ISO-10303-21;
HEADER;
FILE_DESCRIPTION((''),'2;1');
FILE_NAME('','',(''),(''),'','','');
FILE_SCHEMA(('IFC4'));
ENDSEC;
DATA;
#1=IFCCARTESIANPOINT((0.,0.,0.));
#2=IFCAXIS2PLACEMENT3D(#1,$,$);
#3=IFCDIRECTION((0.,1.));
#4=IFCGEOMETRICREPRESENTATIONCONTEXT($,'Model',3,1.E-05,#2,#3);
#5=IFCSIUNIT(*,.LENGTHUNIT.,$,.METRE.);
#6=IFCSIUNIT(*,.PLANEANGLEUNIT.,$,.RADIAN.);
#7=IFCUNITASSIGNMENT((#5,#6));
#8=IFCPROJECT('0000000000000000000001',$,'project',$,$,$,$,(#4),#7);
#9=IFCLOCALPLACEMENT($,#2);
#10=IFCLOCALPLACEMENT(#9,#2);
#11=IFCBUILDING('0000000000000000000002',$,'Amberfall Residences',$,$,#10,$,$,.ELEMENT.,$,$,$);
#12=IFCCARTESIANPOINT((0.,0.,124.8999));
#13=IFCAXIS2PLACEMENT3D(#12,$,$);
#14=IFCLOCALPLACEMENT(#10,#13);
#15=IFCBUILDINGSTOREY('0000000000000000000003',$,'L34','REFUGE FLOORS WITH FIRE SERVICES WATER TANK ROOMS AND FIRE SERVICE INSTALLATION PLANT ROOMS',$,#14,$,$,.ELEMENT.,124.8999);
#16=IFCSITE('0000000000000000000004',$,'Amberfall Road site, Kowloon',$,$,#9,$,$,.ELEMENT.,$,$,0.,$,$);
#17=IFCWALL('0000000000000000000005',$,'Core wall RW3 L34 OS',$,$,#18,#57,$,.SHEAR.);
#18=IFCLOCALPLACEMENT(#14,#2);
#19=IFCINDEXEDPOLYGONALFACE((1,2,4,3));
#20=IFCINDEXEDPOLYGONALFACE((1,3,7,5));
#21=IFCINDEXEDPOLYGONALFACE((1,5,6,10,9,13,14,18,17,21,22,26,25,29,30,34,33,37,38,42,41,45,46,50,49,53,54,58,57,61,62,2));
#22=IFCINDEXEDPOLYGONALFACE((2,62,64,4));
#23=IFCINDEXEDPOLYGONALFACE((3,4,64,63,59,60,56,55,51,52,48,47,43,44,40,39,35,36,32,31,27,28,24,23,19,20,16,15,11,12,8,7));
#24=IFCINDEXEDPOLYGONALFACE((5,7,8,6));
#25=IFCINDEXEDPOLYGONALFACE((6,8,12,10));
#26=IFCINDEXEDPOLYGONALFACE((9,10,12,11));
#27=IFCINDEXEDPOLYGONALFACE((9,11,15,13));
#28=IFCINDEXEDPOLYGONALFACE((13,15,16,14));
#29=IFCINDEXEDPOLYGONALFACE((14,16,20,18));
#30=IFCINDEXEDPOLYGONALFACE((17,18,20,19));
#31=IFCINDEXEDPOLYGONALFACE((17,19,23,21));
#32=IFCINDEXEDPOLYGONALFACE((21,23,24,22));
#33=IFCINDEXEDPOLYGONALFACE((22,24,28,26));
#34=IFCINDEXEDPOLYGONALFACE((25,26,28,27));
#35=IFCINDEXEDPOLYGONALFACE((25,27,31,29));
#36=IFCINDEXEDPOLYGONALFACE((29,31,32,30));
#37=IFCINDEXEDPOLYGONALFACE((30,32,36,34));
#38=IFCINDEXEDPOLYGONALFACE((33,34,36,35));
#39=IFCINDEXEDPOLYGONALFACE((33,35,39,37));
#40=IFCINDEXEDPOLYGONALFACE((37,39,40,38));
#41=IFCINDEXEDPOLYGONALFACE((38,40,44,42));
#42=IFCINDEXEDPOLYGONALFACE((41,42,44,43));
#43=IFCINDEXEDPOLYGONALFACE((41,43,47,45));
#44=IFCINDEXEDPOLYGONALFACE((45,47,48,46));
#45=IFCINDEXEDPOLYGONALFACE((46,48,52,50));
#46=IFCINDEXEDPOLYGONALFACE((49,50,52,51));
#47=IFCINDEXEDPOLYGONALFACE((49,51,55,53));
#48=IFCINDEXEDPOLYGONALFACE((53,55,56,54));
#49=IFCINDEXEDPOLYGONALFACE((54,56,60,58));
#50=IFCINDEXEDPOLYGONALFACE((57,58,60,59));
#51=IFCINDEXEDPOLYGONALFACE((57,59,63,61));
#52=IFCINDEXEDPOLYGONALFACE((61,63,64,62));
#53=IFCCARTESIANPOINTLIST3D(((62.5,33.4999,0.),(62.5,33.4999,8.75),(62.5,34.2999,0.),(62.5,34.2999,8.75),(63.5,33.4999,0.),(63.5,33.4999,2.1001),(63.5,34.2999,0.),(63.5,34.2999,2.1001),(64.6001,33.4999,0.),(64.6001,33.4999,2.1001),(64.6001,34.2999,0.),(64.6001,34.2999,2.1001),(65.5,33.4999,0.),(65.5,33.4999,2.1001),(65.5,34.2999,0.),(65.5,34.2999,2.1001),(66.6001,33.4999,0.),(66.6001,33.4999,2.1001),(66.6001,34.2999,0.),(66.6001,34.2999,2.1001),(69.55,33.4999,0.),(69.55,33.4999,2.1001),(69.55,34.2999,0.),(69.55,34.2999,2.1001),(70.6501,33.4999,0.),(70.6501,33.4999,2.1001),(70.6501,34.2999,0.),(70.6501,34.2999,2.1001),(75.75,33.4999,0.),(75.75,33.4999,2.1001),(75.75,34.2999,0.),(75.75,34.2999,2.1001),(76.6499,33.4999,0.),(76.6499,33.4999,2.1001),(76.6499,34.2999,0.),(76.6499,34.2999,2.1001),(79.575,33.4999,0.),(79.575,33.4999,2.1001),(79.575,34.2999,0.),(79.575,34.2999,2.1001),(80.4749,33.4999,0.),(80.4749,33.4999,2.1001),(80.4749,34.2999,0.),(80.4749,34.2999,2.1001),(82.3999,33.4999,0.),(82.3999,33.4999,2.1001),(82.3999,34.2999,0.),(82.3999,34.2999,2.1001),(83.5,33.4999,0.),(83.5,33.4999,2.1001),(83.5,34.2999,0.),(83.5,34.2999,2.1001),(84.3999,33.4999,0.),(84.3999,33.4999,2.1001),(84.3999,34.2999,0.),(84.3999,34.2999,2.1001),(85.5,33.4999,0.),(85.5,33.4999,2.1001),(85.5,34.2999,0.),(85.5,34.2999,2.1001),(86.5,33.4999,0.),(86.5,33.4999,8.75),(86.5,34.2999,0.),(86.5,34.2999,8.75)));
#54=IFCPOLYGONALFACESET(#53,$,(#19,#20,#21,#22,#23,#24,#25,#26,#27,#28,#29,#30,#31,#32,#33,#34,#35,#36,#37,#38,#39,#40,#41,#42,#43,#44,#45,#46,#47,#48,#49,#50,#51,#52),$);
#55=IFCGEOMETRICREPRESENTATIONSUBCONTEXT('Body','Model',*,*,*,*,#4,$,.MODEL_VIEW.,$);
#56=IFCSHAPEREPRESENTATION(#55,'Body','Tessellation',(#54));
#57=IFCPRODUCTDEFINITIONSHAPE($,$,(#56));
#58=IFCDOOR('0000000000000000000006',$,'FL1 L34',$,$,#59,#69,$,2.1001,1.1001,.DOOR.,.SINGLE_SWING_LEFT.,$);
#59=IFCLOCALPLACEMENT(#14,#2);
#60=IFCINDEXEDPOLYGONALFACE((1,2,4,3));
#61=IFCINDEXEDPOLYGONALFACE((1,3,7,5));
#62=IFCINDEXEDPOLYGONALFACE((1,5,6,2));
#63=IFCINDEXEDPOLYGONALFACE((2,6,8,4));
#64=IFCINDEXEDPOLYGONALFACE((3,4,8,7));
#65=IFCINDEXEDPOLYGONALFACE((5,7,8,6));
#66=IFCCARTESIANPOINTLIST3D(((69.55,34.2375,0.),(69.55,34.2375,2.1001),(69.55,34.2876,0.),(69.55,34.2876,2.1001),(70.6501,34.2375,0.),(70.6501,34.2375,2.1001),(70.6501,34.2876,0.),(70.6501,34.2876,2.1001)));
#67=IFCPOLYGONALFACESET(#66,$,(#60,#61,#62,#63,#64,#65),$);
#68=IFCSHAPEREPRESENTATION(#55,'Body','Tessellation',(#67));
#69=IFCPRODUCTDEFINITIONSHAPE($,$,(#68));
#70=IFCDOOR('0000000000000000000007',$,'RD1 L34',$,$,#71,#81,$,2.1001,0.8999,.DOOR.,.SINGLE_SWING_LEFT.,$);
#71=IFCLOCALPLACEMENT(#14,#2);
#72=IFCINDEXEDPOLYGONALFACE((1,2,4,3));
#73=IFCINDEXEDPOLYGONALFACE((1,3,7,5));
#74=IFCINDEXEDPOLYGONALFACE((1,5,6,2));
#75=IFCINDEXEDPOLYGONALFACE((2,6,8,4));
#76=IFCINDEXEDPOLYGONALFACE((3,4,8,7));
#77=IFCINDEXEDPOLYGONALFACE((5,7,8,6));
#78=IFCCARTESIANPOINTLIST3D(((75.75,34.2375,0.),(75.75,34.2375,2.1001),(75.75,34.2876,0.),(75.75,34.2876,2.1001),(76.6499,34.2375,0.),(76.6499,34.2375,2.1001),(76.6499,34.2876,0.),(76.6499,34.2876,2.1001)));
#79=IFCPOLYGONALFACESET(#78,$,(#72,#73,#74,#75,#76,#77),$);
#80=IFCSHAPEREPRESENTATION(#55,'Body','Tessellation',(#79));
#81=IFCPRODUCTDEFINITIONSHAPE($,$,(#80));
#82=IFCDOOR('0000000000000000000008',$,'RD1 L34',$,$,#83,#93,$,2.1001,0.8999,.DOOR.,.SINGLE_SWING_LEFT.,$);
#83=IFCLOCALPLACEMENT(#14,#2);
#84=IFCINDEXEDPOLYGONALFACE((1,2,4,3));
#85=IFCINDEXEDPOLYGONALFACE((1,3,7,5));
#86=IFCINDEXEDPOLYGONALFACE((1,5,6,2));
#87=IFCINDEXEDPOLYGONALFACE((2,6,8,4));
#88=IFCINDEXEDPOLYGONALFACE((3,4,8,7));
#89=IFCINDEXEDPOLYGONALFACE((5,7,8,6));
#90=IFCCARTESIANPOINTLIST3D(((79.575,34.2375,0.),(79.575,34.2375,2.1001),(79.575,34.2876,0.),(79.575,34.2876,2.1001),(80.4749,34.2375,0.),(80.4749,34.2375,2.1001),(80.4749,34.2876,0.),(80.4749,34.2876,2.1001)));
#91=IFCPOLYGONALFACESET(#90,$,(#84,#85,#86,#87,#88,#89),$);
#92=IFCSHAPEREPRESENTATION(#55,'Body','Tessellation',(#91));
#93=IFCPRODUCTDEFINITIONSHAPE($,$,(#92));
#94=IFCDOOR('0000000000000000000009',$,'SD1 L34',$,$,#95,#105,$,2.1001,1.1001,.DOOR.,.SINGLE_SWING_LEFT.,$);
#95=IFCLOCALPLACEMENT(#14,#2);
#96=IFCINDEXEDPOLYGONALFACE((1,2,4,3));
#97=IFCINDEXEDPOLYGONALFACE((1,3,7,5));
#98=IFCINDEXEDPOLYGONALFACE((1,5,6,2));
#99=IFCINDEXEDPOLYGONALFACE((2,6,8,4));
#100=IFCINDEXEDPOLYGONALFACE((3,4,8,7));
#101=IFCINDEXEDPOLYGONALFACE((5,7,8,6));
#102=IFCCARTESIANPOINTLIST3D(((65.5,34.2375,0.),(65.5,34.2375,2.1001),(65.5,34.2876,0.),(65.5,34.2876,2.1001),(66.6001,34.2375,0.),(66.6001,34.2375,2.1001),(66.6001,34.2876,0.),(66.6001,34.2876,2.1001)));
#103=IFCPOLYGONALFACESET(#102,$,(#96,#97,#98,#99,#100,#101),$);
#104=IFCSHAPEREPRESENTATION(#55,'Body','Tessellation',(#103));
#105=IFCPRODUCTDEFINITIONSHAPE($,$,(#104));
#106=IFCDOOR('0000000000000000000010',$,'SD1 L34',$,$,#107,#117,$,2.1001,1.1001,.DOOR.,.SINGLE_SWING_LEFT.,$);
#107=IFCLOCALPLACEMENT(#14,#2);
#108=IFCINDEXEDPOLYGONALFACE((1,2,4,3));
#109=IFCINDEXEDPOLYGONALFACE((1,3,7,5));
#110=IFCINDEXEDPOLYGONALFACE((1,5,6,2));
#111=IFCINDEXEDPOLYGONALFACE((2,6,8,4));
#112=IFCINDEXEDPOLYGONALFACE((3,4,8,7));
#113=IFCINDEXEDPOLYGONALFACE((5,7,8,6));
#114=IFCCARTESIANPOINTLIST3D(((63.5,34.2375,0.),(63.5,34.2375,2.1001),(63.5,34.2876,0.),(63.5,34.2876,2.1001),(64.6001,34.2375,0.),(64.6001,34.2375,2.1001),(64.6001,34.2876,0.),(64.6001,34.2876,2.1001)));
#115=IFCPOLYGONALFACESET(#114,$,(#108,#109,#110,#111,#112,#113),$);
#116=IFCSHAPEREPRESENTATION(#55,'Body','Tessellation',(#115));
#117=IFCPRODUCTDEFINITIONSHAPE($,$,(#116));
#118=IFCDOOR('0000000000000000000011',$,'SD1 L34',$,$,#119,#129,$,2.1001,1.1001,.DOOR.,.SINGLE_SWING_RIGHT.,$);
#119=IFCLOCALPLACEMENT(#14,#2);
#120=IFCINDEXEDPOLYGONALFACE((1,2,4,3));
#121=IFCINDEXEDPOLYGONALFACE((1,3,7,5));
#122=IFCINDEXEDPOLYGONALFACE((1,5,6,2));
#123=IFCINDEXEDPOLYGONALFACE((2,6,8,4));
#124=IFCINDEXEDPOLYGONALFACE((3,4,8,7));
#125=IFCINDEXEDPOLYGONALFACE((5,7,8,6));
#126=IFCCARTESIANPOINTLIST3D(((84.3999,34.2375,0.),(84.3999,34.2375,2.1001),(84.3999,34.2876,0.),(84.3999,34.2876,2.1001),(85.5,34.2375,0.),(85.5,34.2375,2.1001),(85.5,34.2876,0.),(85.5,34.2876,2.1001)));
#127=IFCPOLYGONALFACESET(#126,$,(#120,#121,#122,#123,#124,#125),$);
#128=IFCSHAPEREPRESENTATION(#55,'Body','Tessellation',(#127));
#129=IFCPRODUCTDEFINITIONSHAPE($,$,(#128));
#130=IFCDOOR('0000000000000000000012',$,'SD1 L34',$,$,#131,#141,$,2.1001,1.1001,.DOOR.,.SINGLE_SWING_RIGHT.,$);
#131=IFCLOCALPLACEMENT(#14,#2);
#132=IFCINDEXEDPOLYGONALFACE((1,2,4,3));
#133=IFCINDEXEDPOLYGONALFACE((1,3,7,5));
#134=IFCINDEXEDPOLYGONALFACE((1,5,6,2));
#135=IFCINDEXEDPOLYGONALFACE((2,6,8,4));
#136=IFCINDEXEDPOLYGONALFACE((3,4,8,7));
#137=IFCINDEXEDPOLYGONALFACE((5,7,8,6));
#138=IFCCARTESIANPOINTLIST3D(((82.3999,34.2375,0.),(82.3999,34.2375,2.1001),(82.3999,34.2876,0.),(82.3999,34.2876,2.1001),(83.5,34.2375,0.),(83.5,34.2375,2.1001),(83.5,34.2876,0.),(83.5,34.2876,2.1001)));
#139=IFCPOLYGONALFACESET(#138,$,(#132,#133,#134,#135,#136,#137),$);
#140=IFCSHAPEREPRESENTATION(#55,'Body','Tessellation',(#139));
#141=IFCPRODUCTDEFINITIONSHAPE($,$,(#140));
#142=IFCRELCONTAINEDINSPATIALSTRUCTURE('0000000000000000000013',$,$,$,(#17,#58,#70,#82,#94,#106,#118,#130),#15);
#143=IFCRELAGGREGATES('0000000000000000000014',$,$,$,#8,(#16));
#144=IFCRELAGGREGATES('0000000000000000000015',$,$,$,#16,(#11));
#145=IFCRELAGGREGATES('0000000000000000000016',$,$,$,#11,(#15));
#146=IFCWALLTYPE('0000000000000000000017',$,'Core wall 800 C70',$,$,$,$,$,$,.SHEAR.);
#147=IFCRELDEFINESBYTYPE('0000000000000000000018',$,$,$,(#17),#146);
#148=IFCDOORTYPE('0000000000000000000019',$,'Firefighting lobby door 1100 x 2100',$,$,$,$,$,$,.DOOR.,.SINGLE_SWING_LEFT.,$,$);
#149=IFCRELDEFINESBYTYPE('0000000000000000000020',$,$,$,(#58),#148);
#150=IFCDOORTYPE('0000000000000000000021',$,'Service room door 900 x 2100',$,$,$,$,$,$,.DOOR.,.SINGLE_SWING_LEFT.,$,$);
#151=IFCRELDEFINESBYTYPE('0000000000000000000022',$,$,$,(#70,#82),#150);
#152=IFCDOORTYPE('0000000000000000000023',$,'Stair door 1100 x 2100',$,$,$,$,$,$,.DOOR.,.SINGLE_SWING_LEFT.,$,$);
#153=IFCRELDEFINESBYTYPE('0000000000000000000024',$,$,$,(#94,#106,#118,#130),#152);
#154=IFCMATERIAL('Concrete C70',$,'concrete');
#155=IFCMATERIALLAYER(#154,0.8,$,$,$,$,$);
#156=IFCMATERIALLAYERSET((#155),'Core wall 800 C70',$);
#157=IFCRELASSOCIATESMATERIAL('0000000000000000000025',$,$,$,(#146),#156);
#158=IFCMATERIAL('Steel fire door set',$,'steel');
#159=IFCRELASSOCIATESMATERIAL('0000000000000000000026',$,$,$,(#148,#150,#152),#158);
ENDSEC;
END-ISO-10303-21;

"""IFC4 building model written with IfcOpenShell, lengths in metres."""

from ifc_helpers import new_model, si_unit, direction, frame, frame_2d, origin, place, context, subcontext, project, spatial, rectangle, extrude, material, layer, layer_set, type_object, element, fill, save


model = new_model("IFC4")

# Units and contexts
model_context = context("Model", 3, precision=1e-05, world=origin(), true_north=direction((0.0, 1.0)))
body_context = subcontext(model_context, "Body", "Model", "MODEL_VIEW")
ifc_project = project(units=[si_unit("LENGTHUNIT", "METRE"), si_unit("PLANEANGLEUNIT", "RADIAN")], contexts=[model_context])

# Site, building, storey
site_placement = place(None, origin())
site = spatial("IfcSite", under=ifc_project, at=site_placement, Name="Amberfall Road site, Kowloon", CompositionType="ELEMENT", RefElevation=0.0)
building_placement = place(site_placement, origin())
building = spatial("IfcBuilding", under=site, at=building_placement, Name="Amberfall Residences", CompositionType="ELEMENT")
storey_placement = place(building_placement, frame((0.0, 0.0, 124.8999)))
storey = spatial("IfcBuildingStorey", under=building, at=storey_placement, Name="L34", Description="REFUGE FLOORS WITH FIRE SERVICES WATER TANK ROOMS AND FIRE SERVICE INSTALLATION PLANT ROOMS", CompositionType="ELEMENT", Elevation=124.8999)

# Shared definitions
ifc_material_1 = material(Name="Concrete C70", Category="concrete")

# Wall, openings, doors
ifc_layer_1 = layer(ifc_material_1, 0.8)
ifc_layer_set_1 = layer_set([ifc_layer_1], Name="Core wall 800 C70")
wall_type_1 = type_object("IfcWallType", Name="Core wall 800 C70", PredefinedType="SHEAR", material=ifc_layer_set_1)
wall_1_placement = place(storey_placement, frame((62.5, 33.8999, 0.0), z_axis=(0.0, 0.0, 1.0), x_axis=(1.0, 0.0, 0.0)))
wall_1 = element("IfcWall", 1, at=wall_1_placement, inside=storey, type_object=wall_type_1, Name="Core wall RW3 L34 OS", PredefinedType="SHEAR", context=body_context, shape_type="SweptSolid", body=[
    extrude(rectangle(XDim=24.0, YDim=0.8, at=frame_2d((12.0, 0.0))), origin(), (0.0, 0.0, 1.0), 8.75),
])
opening_1_placement = place(wall_1_placement, frame((3.0, 0.0, 0.0)))
opening_1 = element("IfcOpeningElement", 2, at=opening_1_placement, cuts=wall_1, PredefinedType="OPENING", context=body_context, shape_type="SweptSolid", body=[
    extrude(rectangle(XDim=1.1001, YDim=2.1001, at=frame_2d((0.55, 1.05))), frame((0.0, 0.4099, 0.0), z_axis=(0.0, -1.0, 0.0), x_axis=(1.0, 0.0, 0.0)), (0.0, 0.0, 1.0), 0.8201),
])
opening_2_placement = place(wall_1_placement, frame((1.0, 0.0, 0.0)))
opening_2 = element("IfcOpeningElement", 3, at=opening_2_placement, cuts=wall_1, PredefinedType="OPENING", context=body_context, shape_type="SweptSolid", body=[
    extrude(rectangle(XDim=1.1001, YDim=2.1001, at=frame_2d((0.55, 1.05))), frame((0.0, 0.4099, 0.0), z_axis=(0.0, -1.0, 0.0), x_axis=(1.0, 0.0, 0.0)), (0.0, 0.0, 1.0), 0.8201),
])
opening_3_placement = place(wall_1_placement, frame((21.8999, 0.0, 0.0)))
opening_3 = element("IfcOpeningElement", 4, at=opening_3_placement, cuts=wall_1, PredefinedType="OPENING", context=body_context, shape_type="SweptSolid", body=[
    extrude(rectangle(XDim=1.1001, YDim=2.1001, at=frame_2d((0.55, 1.05))), frame((0.0, 0.4099, 0.0), z_axis=(0.0, -1.0, 0.0), x_axis=(1.0, 0.0, 0.0)), (0.0, 0.0, 1.0), 0.8201),
])
opening_4_placement = place(wall_1_placement, frame((19.8999, 0.0, 0.0)))
opening_4 = element("IfcOpeningElement", 5, at=opening_4_placement, cuts=wall_1, PredefinedType="OPENING", context=body_context, shape_type="SweptSolid", body=[
    extrude(rectangle(XDim=1.1001, YDim=2.1001, at=frame_2d((0.55, 1.05))), frame((0.0, 0.4099, 0.0), z_axis=(0.0, -1.0, 0.0), x_axis=(1.0, 0.0, 0.0)), (0.0, 0.0, 1.0), 0.8201),
])
opening_5_placement = place(wall_1_placement, frame((7.05, 0.0, 0.0)))
opening_5 = element("IfcOpeningElement", 6, at=opening_5_placement, cuts=wall_1, PredefinedType="OPENING", context=body_context, shape_type="SweptSolid", body=[
    extrude(rectangle(XDim=1.1001, YDim=2.1001, at=frame_2d((0.55, 1.05))), frame((0.0, 0.4099, 0.0), z_axis=(0.0, -1.0, 0.0), x_axis=(1.0, 0.0, 0.0)), (0.0, 0.0, 1.0), 0.8201),
])
opening_6_placement = place(wall_1_placement, frame((13.25, 0.0, 0.0)))
opening_6 = element("IfcOpeningElement", 7, at=opening_6_placement, cuts=wall_1, PredefinedType="OPENING", context=body_context, shape_type="SweptSolid", body=[
    extrude(rectangle(XDim=0.8999, YDim=2.1001, at=frame_2d((0.45, 1.05))), frame((0.0, 0.4099, 0.0), z_axis=(0.0, -1.0, 0.0), x_axis=(1.0, 0.0, 0.0)), (0.0, 0.0, 1.0), 0.8201),
])
opening_7_placement = place(wall_1_placement, frame((17.075, 0.0, 0.0)))
opening_7 = element("IfcOpeningElement", 8, at=opening_7_placement, cuts=wall_1, PredefinedType="OPENING", context=body_context, shape_type="SweptSolid", body=[
    extrude(rectangle(XDim=0.8999, YDim=2.1001, at=frame_2d((0.45, 1.05))), frame((0.0, 0.4099, 0.0), z_axis=(0.0, -1.0, 0.0), x_axis=(1.0, 0.0, 0.0)), (0.0, 0.0, 1.0), 0.8201),
])
ifc_material_2 = material(Name="Steel fire door set", Category="steel")
door_type_1 = type_object("IfcDoorType", Name="Firefighting lobby door 1100 x 2100", OperationType="SINGLE_SWING_LEFT", PredefinedType="DOOR", material=ifc_material_2)
door_1_placement = place(opening_5_placement, origin())
door_1 = element("IfcDoor", 9, at=door_1_placement, inside=storey, type_object=door_type_1, Name="FL1 L34", OperationType="SINGLE_SWING_LEFT", OverallHeight=2.1001, OverallWidth=1.1001, PredefinedType="DOOR", context=body_context, shape_type="SweptSolid", body=[
    extrude(rectangle(XDim=1.1001, YDim=2.1001, at=frame_2d((0.55, 1.05))), frame((0.0, 0.3877, 0.0), z_axis=(0.0, -1.0, 0.0), x_axis=(1.0, 0.0, 0.0)), (0.0, 0.0, 1.0), 0.05),
])
fill(opening_5, door_1)
door_type_2 = type_object("IfcDoorType", Name="Service room door 900 x 2100", OperationType="SINGLE_SWING_LEFT", PredefinedType="DOOR", material=ifc_material_2)
door_2_placement = place(opening_6_placement, origin())
door_2 = element("IfcDoor", 10, at=door_2_placement, inside=storey, type_object=door_type_2, Name="RD1 L34", OperationType="SINGLE_SWING_LEFT", OverallHeight=2.1001, OverallWidth=0.8999, PredefinedType="DOOR", context=body_context, shape_type="SweptSolid", body=[
    extrude(rectangle(XDim=0.8999, YDim=2.1001, at=frame_2d((0.45, 1.05))), frame((0.0, 0.3877, 0.0), z_axis=(0.0, -1.0, 0.0), x_axis=(1.0, 0.0, 0.0)), (0.0, 0.0, 1.0), 0.05),
])
fill(opening_6, door_2)
door_3_placement = place(opening_7_placement, origin())
door_3 = element("IfcDoor", 11, at=door_3_placement, inside=storey, type_object=door_type_2, Name="RD1 L34", OperationType="SINGLE_SWING_LEFT", OverallHeight=2.1001, OverallWidth=0.8999, PredefinedType="DOOR", context=body_context, shape_type="SweptSolid", body=[
    extrude(rectangle(XDim=0.8999, YDim=2.1001, at=frame_2d((0.45, 1.05))), frame((0.0, 0.3877, 0.0), z_axis=(0.0, -1.0, 0.0), x_axis=(1.0, 0.0, 0.0)), (0.0, 0.0, 1.0), 0.05),
])
fill(opening_7, door_3)
door_type_3 = type_object("IfcDoorType", Name="Stair door 1100 x 2100", OperationType="SINGLE_SWING_LEFT", PredefinedType="DOOR", material=ifc_material_2)
door_4_placement = place(opening_1_placement, origin())
door_4 = element("IfcDoor", 12, at=door_4_placement, inside=storey, type_object=door_type_3, Name="SD1 L34", OperationType="SINGLE_SWING_LEFT", OverallHeight=2.1001, OverallWidth=1.1001, PredefinedType="DOOR", context=body_context, shape_type="SweptSolid", body=[
    extrude(rectangle(XDim=1.1001, YDim=2.1001, at=frame_2d((0.55, 1.05))), frame((0.0, 0.3877, 0.0), z_axis=(0.0, -1.0, 0.0), x_axis=(1.0, 0.0, 0.0)), (0.0, 0.0, 1.0), 0.05),
])
fill(opening_1, door_4)
door_5_placement = place(opening_2_placement, origin())
door_5 = element("IfcDoor", 13, at=door_5_placement, inside=storey, type_object=door_type_3, Name="SD1 L34", OperationType="SINGLE_SWING_LEFT", OverallHeight=2.1001, OverallWidth=1.1001, PredefinedType="DOOR", context=body_context, shape_type="SweptSolid", body=[
    extrude(rectangle(XDim=1.1001, YDim=2.1001, at=frame_2d((0.55, 1.05))), frame((0.0, 0.3877, 0.0), z_axis=(0.0, -1.0, 0.0), x_axis=(1.0, 0.0, 0.0)), (0.0, 0.0, 1.0), 0.05),
])
fill(opening_2, door_5)
door_6_placement = place(opening_3_placement, origin())
door_6 = element("IfcDoor", 14, at=door_6_placement, inside=storey, type_object=door_type_3, Name="SD1 L34", OperationType="SINGLE_SWING_RIGHT", OverallHeight=2.1001, OverallWidth=1.1001, PredefinedType="DOOR", context=body_context, shape_type="SweptSolid", body=[
    extrude(rectangle(XDim=1.1001, YDim=2.1001, at=frame_2d((0.55, 1.05))), frame((0.0, 0.3877, 0.0), z_axis=(0.0, -1.0, 0.0), x_axis=(1.0, 0.0, 0.0)), (0.0, 0.0, 1.0), 0.05),
])
fill(opening_3, door_6)
door_7_placement = place(opening_4_placement, origin())
door_7 = element("IfcDoor", 15, at=door_7_placement, inside=storey, type_object=door_type_3, Name="SD1 L34", OperationType="SINGLE_SWING_RIGHT", OverallHeight=2.1001, OverallWidth=1.1001, PredefinedType="DOOR", context=body_context, shape_type="SweptSolid", body=[
    extrude(rectangle(XDim=1.1001, YDim=2.1001, at=frame_2d((0.55, 1.05))), frame((0.0, 0.3877, 0.0), z_axis=(0.0, -1.0, 0.0), x_axis=(1.0, 0.0, 0.0)), (0.0, 0.0, 1.0), 0.05),
])
fill(opening_4, door_7)

save(model, "model.ifc")
